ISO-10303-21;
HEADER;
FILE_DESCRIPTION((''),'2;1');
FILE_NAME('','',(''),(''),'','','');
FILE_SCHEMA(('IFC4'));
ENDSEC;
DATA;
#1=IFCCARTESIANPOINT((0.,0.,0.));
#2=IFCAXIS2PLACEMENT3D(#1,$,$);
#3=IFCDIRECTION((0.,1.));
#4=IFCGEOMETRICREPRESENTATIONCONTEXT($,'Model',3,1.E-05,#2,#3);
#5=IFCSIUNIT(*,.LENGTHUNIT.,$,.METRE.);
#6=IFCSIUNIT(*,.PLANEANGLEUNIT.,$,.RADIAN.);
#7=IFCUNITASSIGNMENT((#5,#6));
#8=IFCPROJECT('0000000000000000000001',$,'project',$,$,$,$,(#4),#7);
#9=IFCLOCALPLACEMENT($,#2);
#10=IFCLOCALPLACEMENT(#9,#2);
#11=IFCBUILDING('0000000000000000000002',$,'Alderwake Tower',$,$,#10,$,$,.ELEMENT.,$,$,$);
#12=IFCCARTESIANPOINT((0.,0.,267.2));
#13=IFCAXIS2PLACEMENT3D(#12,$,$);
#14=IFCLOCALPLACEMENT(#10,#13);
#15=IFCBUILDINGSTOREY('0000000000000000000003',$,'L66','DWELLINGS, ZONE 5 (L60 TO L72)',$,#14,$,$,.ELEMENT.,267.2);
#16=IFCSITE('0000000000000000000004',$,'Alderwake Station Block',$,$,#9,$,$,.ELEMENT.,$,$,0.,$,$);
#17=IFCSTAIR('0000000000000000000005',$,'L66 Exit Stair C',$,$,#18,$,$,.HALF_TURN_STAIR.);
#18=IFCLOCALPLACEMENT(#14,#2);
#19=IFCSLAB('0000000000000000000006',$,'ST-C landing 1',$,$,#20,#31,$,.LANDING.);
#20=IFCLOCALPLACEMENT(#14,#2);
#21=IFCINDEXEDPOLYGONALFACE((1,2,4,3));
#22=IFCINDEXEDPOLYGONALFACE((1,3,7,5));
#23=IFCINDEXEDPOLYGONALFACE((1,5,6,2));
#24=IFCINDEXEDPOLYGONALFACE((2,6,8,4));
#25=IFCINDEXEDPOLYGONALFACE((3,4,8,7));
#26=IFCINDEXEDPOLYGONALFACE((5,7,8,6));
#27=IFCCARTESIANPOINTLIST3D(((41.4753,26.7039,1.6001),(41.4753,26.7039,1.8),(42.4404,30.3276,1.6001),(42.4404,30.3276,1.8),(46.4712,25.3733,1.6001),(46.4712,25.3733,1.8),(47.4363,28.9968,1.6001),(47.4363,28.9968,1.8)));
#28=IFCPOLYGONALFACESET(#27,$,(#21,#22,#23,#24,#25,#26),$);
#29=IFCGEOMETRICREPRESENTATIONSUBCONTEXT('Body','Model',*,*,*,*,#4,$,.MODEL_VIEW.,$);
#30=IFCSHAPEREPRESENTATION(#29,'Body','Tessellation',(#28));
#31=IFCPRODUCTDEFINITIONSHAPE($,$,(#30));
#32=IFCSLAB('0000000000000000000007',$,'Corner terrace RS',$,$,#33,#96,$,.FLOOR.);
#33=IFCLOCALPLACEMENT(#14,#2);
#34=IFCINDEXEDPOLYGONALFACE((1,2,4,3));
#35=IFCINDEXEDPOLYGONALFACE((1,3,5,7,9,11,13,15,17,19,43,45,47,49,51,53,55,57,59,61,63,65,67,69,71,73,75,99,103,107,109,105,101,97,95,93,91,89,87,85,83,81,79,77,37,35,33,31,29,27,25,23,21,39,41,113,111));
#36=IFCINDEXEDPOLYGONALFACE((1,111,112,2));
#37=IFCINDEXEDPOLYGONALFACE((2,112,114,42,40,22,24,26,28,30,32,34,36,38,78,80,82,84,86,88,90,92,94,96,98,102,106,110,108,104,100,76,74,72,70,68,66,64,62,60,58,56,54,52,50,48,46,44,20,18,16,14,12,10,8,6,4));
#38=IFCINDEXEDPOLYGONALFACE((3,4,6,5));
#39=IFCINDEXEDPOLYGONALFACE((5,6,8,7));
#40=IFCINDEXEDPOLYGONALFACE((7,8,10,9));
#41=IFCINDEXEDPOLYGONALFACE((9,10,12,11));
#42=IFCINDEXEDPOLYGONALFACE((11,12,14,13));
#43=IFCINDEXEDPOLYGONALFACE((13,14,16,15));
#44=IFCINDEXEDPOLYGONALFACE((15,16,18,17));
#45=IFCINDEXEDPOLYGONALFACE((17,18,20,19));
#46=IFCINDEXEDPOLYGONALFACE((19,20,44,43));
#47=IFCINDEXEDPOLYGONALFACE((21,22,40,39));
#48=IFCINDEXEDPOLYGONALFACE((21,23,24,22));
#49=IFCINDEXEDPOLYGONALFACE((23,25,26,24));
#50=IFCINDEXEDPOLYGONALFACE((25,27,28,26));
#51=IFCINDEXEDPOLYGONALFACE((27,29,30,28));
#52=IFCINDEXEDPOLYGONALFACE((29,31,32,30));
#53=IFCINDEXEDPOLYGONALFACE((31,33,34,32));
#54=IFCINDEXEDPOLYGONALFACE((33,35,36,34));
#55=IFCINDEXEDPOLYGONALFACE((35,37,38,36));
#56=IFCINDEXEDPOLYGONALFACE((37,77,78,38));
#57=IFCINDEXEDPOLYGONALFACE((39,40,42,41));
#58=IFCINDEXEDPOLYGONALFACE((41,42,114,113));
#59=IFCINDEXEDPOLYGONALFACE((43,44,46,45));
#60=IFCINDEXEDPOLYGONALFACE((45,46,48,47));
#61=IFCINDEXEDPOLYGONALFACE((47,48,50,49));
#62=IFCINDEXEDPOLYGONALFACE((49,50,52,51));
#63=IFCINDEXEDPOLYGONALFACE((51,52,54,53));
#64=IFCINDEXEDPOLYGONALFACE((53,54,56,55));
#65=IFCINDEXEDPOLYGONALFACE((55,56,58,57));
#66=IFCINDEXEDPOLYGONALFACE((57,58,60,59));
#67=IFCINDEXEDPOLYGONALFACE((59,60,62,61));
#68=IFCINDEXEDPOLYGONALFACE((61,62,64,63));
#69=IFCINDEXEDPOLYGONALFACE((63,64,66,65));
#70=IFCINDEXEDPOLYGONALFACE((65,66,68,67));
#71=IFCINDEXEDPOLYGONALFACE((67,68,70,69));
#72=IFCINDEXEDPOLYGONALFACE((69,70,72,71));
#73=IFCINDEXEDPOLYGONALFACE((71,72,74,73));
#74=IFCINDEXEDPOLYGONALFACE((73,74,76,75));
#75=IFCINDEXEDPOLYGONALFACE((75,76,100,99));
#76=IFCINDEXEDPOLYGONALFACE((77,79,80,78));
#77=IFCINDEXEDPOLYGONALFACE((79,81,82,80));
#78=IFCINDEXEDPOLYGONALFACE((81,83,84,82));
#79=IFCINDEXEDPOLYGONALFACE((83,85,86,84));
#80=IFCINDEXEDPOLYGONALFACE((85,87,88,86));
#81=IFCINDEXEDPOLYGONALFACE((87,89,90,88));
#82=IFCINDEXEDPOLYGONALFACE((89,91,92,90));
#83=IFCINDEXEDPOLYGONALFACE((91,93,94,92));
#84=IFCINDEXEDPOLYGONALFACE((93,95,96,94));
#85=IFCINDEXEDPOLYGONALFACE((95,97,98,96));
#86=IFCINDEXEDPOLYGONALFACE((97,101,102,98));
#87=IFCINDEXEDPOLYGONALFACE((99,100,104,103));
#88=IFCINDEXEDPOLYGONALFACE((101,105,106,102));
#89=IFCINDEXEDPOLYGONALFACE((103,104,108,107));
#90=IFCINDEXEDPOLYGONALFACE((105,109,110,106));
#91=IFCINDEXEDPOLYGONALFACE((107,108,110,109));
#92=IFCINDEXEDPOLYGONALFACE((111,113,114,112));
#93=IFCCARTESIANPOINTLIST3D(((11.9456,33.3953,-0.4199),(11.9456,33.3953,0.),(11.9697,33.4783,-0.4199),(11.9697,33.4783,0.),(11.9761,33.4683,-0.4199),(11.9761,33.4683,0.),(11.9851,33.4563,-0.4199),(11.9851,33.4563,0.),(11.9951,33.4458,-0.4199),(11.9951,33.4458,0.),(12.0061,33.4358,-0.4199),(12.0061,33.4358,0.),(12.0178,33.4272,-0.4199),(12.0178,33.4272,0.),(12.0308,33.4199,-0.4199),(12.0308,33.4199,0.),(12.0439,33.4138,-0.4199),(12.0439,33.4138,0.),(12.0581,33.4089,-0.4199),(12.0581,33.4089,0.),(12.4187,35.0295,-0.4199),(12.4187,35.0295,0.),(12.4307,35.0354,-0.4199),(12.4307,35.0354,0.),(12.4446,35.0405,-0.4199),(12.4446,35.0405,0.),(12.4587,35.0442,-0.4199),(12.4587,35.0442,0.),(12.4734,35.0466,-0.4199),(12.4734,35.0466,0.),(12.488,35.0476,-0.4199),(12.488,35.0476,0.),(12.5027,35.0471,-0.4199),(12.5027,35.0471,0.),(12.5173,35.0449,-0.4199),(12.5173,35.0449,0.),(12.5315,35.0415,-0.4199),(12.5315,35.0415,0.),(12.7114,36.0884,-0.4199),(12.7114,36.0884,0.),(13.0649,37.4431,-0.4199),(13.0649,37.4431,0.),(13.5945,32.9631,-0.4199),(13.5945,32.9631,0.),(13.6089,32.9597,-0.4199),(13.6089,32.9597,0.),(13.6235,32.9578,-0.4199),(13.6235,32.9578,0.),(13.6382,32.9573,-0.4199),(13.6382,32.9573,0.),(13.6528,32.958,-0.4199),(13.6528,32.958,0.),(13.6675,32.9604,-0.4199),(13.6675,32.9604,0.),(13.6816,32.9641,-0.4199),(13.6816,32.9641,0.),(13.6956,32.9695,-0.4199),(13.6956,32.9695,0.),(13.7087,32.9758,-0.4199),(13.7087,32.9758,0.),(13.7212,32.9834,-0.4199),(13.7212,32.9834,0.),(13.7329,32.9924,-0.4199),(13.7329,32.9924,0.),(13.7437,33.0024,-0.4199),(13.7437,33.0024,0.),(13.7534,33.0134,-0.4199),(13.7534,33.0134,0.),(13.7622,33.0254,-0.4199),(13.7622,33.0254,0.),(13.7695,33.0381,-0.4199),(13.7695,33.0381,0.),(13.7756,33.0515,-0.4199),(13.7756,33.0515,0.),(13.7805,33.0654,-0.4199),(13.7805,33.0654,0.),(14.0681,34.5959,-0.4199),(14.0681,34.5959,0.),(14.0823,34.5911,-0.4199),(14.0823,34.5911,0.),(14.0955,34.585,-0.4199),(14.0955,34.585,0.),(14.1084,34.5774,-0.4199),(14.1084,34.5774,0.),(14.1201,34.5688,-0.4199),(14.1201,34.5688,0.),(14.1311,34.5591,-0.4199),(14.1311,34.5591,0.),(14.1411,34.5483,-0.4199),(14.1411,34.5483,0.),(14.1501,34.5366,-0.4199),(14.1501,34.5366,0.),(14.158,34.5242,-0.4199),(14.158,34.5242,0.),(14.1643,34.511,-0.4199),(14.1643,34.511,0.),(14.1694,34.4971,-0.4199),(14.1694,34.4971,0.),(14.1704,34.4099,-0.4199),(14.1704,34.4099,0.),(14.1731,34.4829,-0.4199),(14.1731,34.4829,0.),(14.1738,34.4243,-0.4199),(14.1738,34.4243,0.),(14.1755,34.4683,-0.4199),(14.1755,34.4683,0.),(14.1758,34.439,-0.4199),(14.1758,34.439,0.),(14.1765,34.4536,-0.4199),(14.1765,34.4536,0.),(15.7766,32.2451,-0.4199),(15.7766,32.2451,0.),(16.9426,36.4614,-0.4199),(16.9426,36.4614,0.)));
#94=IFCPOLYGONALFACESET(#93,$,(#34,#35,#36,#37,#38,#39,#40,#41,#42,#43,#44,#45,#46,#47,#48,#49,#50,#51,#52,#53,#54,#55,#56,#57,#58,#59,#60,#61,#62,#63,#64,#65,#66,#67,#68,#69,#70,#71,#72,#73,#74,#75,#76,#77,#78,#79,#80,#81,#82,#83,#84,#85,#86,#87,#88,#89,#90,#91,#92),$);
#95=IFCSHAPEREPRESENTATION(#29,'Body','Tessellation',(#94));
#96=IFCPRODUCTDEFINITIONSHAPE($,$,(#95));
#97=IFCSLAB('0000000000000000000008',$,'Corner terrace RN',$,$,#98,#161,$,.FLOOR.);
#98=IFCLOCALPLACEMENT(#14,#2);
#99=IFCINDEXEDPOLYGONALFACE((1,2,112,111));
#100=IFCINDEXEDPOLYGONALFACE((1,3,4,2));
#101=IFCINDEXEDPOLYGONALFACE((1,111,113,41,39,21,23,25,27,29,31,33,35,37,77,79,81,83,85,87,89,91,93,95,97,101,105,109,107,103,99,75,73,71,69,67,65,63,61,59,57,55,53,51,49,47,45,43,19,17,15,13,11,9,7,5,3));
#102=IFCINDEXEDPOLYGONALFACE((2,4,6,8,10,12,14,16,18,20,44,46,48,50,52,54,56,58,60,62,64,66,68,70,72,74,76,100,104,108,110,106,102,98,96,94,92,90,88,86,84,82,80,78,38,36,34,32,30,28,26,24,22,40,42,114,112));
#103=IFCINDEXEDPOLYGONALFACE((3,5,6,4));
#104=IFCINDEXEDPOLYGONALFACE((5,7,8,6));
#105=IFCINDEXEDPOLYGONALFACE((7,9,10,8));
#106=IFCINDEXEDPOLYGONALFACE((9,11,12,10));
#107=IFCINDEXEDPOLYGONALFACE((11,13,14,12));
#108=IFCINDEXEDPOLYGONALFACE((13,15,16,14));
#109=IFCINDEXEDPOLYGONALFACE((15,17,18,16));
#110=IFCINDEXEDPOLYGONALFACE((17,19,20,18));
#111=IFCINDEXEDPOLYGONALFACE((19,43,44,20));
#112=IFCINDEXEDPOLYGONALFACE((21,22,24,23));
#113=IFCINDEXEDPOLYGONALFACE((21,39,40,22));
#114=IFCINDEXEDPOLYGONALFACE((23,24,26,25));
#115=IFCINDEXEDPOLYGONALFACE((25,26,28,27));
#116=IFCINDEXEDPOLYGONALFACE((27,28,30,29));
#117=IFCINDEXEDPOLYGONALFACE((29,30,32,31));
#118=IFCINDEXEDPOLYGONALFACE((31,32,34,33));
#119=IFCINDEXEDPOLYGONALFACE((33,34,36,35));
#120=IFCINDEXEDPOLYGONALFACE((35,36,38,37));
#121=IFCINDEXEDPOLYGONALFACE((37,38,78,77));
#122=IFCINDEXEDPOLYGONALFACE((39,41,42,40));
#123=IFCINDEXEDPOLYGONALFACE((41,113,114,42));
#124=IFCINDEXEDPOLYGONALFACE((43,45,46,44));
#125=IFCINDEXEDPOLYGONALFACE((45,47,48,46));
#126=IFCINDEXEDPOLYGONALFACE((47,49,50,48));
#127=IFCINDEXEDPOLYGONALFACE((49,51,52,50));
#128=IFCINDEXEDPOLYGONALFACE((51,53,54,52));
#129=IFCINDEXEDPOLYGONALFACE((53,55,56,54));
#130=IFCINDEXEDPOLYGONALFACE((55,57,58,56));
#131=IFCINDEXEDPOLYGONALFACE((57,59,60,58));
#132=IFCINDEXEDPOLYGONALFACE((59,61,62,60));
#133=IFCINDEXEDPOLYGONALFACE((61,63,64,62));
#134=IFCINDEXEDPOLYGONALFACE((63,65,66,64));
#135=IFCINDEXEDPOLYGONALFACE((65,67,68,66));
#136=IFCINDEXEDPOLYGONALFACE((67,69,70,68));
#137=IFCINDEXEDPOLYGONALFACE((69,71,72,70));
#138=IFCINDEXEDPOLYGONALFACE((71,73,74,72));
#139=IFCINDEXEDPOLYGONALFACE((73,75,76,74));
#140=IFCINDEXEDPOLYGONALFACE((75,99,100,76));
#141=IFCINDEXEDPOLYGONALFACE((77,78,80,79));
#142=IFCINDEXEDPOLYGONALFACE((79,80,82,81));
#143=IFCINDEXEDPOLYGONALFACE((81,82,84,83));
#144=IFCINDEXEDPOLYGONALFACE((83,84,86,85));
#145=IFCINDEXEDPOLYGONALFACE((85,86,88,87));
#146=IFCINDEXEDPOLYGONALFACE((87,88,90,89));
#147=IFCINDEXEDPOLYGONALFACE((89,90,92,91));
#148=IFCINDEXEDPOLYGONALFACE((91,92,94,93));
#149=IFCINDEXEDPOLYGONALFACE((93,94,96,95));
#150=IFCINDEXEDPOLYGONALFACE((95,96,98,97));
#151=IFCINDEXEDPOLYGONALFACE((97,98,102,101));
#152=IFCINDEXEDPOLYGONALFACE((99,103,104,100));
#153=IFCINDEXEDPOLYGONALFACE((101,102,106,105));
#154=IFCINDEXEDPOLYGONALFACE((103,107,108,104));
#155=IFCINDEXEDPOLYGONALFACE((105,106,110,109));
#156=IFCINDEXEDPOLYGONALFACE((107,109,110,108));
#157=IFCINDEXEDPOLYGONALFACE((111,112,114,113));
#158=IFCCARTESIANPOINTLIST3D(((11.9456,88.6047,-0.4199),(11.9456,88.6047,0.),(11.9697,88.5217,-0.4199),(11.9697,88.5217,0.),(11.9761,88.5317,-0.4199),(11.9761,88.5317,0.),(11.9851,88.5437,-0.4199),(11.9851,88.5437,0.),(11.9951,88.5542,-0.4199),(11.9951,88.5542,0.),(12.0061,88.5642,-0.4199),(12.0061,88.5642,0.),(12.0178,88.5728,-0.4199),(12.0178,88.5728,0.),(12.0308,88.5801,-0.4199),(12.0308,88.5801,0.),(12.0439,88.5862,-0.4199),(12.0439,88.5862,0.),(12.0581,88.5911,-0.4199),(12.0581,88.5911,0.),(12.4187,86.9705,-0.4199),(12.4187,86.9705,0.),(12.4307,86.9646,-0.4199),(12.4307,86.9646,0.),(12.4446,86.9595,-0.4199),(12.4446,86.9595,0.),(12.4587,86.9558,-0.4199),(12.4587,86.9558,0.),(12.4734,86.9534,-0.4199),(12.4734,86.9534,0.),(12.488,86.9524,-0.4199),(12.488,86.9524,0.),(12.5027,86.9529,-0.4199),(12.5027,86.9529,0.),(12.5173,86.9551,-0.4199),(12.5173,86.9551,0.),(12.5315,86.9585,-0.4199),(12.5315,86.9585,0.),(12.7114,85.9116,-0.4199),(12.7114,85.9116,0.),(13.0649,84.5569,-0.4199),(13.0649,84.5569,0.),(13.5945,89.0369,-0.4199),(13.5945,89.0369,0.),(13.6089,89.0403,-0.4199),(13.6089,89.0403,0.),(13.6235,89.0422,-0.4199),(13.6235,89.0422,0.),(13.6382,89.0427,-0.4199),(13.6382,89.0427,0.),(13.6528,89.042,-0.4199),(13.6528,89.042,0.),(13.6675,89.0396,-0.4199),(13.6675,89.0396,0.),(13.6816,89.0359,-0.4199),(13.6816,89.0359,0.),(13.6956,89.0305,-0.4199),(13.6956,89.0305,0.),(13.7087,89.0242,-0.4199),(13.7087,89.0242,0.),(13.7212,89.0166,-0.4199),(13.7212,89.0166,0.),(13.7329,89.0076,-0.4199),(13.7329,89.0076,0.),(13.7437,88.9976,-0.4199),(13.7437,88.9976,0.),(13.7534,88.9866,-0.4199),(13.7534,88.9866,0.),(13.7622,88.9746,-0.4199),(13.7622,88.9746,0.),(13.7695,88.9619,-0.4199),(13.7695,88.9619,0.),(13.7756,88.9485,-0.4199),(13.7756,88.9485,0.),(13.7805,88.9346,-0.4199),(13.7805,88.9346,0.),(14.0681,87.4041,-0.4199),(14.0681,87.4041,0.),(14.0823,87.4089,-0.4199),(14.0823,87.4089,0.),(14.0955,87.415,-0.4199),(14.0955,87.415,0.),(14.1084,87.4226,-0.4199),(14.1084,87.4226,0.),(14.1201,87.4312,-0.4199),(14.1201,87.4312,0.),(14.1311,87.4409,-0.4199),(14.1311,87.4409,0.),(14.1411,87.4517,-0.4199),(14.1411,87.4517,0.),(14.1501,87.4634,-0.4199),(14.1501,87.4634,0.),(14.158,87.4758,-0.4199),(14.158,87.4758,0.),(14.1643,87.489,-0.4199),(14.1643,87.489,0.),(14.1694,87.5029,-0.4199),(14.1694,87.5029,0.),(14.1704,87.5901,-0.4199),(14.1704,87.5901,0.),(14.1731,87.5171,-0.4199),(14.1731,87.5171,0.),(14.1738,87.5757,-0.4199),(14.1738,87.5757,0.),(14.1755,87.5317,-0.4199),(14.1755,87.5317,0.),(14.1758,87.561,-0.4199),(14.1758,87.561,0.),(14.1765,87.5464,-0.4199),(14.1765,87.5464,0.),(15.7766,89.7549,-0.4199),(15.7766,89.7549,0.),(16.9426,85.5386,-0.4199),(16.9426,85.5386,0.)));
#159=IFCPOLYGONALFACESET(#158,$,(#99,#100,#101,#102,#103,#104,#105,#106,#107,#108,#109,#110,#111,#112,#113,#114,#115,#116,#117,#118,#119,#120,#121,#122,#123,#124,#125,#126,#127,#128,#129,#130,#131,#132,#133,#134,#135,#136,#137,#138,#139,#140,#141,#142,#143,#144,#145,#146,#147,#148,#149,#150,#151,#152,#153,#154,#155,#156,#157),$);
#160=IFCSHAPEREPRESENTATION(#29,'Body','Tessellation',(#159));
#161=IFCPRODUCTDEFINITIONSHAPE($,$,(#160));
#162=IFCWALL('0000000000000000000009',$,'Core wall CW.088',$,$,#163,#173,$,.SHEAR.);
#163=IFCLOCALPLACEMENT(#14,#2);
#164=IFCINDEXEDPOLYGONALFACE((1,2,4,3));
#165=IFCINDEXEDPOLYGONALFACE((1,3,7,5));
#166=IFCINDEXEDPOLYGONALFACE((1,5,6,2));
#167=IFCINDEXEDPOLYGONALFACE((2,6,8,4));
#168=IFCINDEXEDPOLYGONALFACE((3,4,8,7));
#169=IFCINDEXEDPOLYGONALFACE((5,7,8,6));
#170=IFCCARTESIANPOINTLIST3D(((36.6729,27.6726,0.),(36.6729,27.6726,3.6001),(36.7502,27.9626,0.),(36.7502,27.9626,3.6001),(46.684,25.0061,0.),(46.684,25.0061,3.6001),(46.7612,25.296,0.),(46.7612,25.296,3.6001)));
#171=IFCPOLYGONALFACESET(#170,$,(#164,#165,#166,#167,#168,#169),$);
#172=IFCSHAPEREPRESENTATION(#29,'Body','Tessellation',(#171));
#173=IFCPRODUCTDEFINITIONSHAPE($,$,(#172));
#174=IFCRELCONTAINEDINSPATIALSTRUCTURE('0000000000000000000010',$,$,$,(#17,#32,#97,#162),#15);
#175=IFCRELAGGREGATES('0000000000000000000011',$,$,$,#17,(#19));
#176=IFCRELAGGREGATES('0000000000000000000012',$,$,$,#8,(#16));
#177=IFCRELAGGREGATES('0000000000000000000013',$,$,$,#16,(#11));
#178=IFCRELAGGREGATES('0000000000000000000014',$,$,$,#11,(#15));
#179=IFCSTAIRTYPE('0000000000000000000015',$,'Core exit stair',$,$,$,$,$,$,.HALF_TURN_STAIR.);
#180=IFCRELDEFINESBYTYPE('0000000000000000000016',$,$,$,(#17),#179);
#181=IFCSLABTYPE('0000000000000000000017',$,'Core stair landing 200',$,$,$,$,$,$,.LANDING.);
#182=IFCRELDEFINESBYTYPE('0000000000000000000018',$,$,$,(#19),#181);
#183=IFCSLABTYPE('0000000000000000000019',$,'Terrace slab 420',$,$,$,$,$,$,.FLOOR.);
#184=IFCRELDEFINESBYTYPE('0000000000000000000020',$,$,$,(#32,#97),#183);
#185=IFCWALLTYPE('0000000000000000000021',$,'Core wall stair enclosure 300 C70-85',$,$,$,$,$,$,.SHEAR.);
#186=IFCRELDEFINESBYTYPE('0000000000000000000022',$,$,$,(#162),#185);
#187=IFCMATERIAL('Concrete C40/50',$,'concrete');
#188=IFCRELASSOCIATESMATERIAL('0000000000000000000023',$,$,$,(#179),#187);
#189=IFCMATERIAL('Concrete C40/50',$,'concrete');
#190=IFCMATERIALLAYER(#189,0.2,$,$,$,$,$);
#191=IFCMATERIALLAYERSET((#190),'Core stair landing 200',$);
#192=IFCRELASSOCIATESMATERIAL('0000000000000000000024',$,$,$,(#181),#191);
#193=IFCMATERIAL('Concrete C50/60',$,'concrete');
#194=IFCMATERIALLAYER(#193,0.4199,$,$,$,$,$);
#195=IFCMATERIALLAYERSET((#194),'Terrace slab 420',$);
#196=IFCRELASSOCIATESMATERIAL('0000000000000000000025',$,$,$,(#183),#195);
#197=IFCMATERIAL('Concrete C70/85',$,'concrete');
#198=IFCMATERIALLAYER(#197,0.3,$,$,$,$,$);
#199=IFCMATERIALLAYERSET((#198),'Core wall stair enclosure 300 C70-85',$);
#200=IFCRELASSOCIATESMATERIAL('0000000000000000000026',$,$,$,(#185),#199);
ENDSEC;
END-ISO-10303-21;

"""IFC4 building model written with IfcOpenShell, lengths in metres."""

from ifc_helpers import new_model, si_unit, direction, frame, frame_2d, origin, place, context, subcontext, project, spatial, polyline, rectangle, outline, extrude, material, layer, layer_set, type_object, element, aggregate, save


model = new_model("IFC4")

# Units and contexts
model_context = context("Model", 3, precision=1e-05, world=origin(), true_north=direction((0.0, 1.0)))
body_context = subcontext(model_context, "Body", "Model", "MODEL_VIEW")
ifc_project = project(units=[si_unit("LENGTHUNIT", "METRE"), si_unit("PLANEANGLEUNIT", "RADIAN")], contexts=[model_context])

# Site, building, storey
site_placement = place(None, origin())
site = spatial("IfcSite", under=ifc_project, at=site_placement, Name="Alderwake Station Block", CompositionType="ELEMENT", RefElevation=0.0)
building_placement = place(site_placement, origin())
building = spatial("IfcBuilding", under=site, at=building_placement, Name="Alderwake Tower", CompositionType="ELEMENT")
storey_placement = place(building_placement, frame((0.0, 0.0, 267.2)))
storey = spatial("IfcBuildingStorey", under=building, at=storey_placement, Name="L66", Description="DWELLINGS, ZONE 5 (L60 TO L72)", CompositionType="ELEMENT", Elevation=267.2)

# Stair, slab
ifc_material_1 = material(Name="Concrete C40/50", Category="concrete")
stair_type = type_object("IfcStairType", Name="Core exit stair", PredefinedType="HALF_TURN_STAIR", material=ifc_material_1)
ifc_material_2 = material(Name="Concrete C40/50", Category="concrete")
ifc_layer_1 = layer(ifc_material_2, 0.2)
ifc_layer_set_1 = layer_set([ifc_layer_1], Name="Core stair landing 200")
slab_type_1 = type_object("IfcSlabType", Name="Core stair landing 200", PredefinedType="LANDING", material=ifc_layer_set_1)
stair_1_placement = place(storey_placement, origin())
stair_1 = element("IfcStair", 1, at=stair_1_placement, inside=storey, type_object=stair_type, Name="L66 Exit Stair C", PredefinedType="HALF_TURN_STAIR")
slab_1_placement = place(storey_placement, frame((0.0, 0.0, 1.6001)))
slab_1 = element("IfcSlab", 2, at=slab_1_placement, type_object=slab_type_1, Name="ST-C landing 1", PredefinedType="LANDING", context=body_context, shape_type="SweptSolid", body=[
    extrude(outline(polyline([(41.4753, 26.7039), (46.4712, 25.3733), (47.4363, 28.9968), (42.4404, 30.3276), (41.4753, 26.7039)])), origin(), (0.0, 0.0, 1.0), 0.2),
])
aggregate(stair_1, [slab_1])

# Slabs
ifc_material_3 = material(Name="Concrete C50/60", Category="concrete")
ifc_layer_2 = layer(ifc_material_3, 0.4199)
ifc_layer_set_2 = layer_set([ifc_layer_2], Name="Terrace slab 420")
slab_type_2 = type_object("IfcSlabType", Name="Terrace slab 420", PredefinedType="FLOOR", material=ifc_layer_set_2)
slab_2_placement = place(storey_placement, frame((0.0, 0.0, -0.4199)))
element("IfcSlab", 3, at=slab_2_placement, inside=storey, type_object=slab_type_2, Name="Corner terrace RS", PredefinedType="FLOOR", context=body_context, shape_type="SweptSolid", body=[
    extrude(outline(polyline([(15.7766, 32.2451), (11.9456, 33.3953), (11.9697, 33.4783), (11.9761, 33.4683), (11.9851, 33.4563), (11.9951, 33.4458), (12.0061, 33.4358), (12.0178, 33.4272), (12.0308, 33.4199), (12.0439, 33.4138), (12.0581, 33.4089), (13.5945, 32.9631), (13.6089, 32.9597), (13.6235, 32.9578), (13.6382, 32.9573), (13.6528, 32.958), (13.6675, 32.9604), (13.6816, 32.9641), (13.6956, 32.9695), (13.7087, 32.9758), (13.7212, 32.9834), (13.7329, 32.9924), (13.7437, 33.0024), (13.7534, 33.0134), (13.7622, 33.0254), (13.7695, 33.0381), (13.7756, 33.0515), (13.7805, 33.0654), (14.1704, 34.4099), (14.1738, 34.4243), (14.1758, 34.439), (14.1765, 34.4536), (14.1755, 34.4683), (14.1731, 34.4829), (14.1694, 34.4971), (14.1643, 34.511), (14.158, 34.5242), (14.1501, 34.5366), (14.1411, 34.5483), (14.1311, 34.5591), (14.1201, 34.5688), (14.1084, 34.5774), (14.0955, 34.585), (14.0823, 34.5911), (14.0681, 34.5959), (12.5315, 35.0415), (12.5173, 35.0449), (12.5027, 35.0471), (12.488, 35.0476), (12.4734, 35.0466), (12.4587, 35.0442), (12.4446, 35.0405), (12.4307, 35.0354), (12.4187, 35.0295), (12.7114, 36.0884), (13.0649, 37.4431), (16.9426, 36.4614), (15.7766, 32.2451)])), origin(), (0.0, 0.0, 1.0), 0.4199),
])
slab_3_placement = place(storey_placement, frame((0.0, 0.0, -0.4199)))
element("IfcSlab", 4, at=slab_3_placement, inside=storey, type_object=slab_type_2, Name="Corner terrace RN", PredefinedType="FLOOR", context=body_context, shape_type="SweptSolid", body=[
    extrude(outline(polyline([(12.4187, 86.9705), (12.4307, 86.9646), (12.4446, 86.9595), (12.4587, 86.9558), (12.4734, 86.9534), (12.488, 86.9524), (12.5027, 86.9529), (12.5173, 86.9551), (12.5315, 86.9585), (14.0681, 87.4041), (14.0823, 87.4089), (14.0955, 87.415), (14.1084, 87.4226), (14.1201, 87.4312), (14.1311, 87.4409), (14.1411, 87.4517), (14.1501, 87.4634), (14.158, 87.4758), (14.1643, 87.489), (14.1694, 87.5029), (14.1731, 87.5171), (14.1755, 87.5317), (14.1765, 87.5464), (14.1758, 87.561), (14.1738, 87.5757), (14.1704, 87.5901), (13.7805, 88.9346), (13.7756, 88.9485), (13.7695, 88.9619), (13.7622, 88.9746), (13.7534, 88.9866), (13.7437, 88.9976), (13.7329, 89.0076), (13.7212, 89.0166), (13.7087, 89.0242), (13.6956, 89.0305), (13.6816, 89.0359), (13.6675, 89.0396), (13.6528, 89.042), (13.6382, 89.0427), (13.6235, 89.0422), (13.6089, 89.0403), (13.5945, 89.0369), (12.0581, 88.5911), (12.0439, 88.5862), (12.0308, 88.5801), (12.0178, 88.5728), (12.0061, 88.5642), (11.9951, 88.5542), (11.9851, 88.5437), (11.9761, 88.5317), (11.9697, 88.5217), (11.9456, 88.6047), (15.7766, 89.7549), (16.9426, 85.5386), (13.0649, 84.5569), (12.7114, 85.9116), (12.4187, 86.9705)])), origin(), (0.0, 0.0, 1.0), 0.4199),
])

# Wall
ifc_material_4 = material(Name="Concrete C70/85", Category="concrete")
ifc_layer_3 = layer(ifc_material_4, 0.3)
ifc_layer_set_3 = layer_set([ifc_layer_3], Name="Core wall stair enclosure 300 C70-85")
wall_type_1 = type_object("IfcWallType", Name="Core wall stair enclosure 300 C70-85", PredefinedType="SHEAR", material=ifc_layer_set_3)
wall_1_placement = place(storey_placement, frame((36.7114, 27.8176, 0.0), z_axis=(0.0, 0.0, 1.0), x_axis=(0.966309, -0.257384, 0.0)))
element("IfcWall", 5, at=wall_1_placement, inside=storey, type_object=wall_type_1, Name="Core wall CW.088", PredefinedType="SHEAR", context=body_context, shape_type="SweptSolid", body=[
    extrude(rectangle(XDim=10.3601, YDim=0.3, at=frame_2d((5.1802, 0.0))), origin(), (0.0, 0.0, 1.0), 3.6001),
])

save(model, "model.ifc")
